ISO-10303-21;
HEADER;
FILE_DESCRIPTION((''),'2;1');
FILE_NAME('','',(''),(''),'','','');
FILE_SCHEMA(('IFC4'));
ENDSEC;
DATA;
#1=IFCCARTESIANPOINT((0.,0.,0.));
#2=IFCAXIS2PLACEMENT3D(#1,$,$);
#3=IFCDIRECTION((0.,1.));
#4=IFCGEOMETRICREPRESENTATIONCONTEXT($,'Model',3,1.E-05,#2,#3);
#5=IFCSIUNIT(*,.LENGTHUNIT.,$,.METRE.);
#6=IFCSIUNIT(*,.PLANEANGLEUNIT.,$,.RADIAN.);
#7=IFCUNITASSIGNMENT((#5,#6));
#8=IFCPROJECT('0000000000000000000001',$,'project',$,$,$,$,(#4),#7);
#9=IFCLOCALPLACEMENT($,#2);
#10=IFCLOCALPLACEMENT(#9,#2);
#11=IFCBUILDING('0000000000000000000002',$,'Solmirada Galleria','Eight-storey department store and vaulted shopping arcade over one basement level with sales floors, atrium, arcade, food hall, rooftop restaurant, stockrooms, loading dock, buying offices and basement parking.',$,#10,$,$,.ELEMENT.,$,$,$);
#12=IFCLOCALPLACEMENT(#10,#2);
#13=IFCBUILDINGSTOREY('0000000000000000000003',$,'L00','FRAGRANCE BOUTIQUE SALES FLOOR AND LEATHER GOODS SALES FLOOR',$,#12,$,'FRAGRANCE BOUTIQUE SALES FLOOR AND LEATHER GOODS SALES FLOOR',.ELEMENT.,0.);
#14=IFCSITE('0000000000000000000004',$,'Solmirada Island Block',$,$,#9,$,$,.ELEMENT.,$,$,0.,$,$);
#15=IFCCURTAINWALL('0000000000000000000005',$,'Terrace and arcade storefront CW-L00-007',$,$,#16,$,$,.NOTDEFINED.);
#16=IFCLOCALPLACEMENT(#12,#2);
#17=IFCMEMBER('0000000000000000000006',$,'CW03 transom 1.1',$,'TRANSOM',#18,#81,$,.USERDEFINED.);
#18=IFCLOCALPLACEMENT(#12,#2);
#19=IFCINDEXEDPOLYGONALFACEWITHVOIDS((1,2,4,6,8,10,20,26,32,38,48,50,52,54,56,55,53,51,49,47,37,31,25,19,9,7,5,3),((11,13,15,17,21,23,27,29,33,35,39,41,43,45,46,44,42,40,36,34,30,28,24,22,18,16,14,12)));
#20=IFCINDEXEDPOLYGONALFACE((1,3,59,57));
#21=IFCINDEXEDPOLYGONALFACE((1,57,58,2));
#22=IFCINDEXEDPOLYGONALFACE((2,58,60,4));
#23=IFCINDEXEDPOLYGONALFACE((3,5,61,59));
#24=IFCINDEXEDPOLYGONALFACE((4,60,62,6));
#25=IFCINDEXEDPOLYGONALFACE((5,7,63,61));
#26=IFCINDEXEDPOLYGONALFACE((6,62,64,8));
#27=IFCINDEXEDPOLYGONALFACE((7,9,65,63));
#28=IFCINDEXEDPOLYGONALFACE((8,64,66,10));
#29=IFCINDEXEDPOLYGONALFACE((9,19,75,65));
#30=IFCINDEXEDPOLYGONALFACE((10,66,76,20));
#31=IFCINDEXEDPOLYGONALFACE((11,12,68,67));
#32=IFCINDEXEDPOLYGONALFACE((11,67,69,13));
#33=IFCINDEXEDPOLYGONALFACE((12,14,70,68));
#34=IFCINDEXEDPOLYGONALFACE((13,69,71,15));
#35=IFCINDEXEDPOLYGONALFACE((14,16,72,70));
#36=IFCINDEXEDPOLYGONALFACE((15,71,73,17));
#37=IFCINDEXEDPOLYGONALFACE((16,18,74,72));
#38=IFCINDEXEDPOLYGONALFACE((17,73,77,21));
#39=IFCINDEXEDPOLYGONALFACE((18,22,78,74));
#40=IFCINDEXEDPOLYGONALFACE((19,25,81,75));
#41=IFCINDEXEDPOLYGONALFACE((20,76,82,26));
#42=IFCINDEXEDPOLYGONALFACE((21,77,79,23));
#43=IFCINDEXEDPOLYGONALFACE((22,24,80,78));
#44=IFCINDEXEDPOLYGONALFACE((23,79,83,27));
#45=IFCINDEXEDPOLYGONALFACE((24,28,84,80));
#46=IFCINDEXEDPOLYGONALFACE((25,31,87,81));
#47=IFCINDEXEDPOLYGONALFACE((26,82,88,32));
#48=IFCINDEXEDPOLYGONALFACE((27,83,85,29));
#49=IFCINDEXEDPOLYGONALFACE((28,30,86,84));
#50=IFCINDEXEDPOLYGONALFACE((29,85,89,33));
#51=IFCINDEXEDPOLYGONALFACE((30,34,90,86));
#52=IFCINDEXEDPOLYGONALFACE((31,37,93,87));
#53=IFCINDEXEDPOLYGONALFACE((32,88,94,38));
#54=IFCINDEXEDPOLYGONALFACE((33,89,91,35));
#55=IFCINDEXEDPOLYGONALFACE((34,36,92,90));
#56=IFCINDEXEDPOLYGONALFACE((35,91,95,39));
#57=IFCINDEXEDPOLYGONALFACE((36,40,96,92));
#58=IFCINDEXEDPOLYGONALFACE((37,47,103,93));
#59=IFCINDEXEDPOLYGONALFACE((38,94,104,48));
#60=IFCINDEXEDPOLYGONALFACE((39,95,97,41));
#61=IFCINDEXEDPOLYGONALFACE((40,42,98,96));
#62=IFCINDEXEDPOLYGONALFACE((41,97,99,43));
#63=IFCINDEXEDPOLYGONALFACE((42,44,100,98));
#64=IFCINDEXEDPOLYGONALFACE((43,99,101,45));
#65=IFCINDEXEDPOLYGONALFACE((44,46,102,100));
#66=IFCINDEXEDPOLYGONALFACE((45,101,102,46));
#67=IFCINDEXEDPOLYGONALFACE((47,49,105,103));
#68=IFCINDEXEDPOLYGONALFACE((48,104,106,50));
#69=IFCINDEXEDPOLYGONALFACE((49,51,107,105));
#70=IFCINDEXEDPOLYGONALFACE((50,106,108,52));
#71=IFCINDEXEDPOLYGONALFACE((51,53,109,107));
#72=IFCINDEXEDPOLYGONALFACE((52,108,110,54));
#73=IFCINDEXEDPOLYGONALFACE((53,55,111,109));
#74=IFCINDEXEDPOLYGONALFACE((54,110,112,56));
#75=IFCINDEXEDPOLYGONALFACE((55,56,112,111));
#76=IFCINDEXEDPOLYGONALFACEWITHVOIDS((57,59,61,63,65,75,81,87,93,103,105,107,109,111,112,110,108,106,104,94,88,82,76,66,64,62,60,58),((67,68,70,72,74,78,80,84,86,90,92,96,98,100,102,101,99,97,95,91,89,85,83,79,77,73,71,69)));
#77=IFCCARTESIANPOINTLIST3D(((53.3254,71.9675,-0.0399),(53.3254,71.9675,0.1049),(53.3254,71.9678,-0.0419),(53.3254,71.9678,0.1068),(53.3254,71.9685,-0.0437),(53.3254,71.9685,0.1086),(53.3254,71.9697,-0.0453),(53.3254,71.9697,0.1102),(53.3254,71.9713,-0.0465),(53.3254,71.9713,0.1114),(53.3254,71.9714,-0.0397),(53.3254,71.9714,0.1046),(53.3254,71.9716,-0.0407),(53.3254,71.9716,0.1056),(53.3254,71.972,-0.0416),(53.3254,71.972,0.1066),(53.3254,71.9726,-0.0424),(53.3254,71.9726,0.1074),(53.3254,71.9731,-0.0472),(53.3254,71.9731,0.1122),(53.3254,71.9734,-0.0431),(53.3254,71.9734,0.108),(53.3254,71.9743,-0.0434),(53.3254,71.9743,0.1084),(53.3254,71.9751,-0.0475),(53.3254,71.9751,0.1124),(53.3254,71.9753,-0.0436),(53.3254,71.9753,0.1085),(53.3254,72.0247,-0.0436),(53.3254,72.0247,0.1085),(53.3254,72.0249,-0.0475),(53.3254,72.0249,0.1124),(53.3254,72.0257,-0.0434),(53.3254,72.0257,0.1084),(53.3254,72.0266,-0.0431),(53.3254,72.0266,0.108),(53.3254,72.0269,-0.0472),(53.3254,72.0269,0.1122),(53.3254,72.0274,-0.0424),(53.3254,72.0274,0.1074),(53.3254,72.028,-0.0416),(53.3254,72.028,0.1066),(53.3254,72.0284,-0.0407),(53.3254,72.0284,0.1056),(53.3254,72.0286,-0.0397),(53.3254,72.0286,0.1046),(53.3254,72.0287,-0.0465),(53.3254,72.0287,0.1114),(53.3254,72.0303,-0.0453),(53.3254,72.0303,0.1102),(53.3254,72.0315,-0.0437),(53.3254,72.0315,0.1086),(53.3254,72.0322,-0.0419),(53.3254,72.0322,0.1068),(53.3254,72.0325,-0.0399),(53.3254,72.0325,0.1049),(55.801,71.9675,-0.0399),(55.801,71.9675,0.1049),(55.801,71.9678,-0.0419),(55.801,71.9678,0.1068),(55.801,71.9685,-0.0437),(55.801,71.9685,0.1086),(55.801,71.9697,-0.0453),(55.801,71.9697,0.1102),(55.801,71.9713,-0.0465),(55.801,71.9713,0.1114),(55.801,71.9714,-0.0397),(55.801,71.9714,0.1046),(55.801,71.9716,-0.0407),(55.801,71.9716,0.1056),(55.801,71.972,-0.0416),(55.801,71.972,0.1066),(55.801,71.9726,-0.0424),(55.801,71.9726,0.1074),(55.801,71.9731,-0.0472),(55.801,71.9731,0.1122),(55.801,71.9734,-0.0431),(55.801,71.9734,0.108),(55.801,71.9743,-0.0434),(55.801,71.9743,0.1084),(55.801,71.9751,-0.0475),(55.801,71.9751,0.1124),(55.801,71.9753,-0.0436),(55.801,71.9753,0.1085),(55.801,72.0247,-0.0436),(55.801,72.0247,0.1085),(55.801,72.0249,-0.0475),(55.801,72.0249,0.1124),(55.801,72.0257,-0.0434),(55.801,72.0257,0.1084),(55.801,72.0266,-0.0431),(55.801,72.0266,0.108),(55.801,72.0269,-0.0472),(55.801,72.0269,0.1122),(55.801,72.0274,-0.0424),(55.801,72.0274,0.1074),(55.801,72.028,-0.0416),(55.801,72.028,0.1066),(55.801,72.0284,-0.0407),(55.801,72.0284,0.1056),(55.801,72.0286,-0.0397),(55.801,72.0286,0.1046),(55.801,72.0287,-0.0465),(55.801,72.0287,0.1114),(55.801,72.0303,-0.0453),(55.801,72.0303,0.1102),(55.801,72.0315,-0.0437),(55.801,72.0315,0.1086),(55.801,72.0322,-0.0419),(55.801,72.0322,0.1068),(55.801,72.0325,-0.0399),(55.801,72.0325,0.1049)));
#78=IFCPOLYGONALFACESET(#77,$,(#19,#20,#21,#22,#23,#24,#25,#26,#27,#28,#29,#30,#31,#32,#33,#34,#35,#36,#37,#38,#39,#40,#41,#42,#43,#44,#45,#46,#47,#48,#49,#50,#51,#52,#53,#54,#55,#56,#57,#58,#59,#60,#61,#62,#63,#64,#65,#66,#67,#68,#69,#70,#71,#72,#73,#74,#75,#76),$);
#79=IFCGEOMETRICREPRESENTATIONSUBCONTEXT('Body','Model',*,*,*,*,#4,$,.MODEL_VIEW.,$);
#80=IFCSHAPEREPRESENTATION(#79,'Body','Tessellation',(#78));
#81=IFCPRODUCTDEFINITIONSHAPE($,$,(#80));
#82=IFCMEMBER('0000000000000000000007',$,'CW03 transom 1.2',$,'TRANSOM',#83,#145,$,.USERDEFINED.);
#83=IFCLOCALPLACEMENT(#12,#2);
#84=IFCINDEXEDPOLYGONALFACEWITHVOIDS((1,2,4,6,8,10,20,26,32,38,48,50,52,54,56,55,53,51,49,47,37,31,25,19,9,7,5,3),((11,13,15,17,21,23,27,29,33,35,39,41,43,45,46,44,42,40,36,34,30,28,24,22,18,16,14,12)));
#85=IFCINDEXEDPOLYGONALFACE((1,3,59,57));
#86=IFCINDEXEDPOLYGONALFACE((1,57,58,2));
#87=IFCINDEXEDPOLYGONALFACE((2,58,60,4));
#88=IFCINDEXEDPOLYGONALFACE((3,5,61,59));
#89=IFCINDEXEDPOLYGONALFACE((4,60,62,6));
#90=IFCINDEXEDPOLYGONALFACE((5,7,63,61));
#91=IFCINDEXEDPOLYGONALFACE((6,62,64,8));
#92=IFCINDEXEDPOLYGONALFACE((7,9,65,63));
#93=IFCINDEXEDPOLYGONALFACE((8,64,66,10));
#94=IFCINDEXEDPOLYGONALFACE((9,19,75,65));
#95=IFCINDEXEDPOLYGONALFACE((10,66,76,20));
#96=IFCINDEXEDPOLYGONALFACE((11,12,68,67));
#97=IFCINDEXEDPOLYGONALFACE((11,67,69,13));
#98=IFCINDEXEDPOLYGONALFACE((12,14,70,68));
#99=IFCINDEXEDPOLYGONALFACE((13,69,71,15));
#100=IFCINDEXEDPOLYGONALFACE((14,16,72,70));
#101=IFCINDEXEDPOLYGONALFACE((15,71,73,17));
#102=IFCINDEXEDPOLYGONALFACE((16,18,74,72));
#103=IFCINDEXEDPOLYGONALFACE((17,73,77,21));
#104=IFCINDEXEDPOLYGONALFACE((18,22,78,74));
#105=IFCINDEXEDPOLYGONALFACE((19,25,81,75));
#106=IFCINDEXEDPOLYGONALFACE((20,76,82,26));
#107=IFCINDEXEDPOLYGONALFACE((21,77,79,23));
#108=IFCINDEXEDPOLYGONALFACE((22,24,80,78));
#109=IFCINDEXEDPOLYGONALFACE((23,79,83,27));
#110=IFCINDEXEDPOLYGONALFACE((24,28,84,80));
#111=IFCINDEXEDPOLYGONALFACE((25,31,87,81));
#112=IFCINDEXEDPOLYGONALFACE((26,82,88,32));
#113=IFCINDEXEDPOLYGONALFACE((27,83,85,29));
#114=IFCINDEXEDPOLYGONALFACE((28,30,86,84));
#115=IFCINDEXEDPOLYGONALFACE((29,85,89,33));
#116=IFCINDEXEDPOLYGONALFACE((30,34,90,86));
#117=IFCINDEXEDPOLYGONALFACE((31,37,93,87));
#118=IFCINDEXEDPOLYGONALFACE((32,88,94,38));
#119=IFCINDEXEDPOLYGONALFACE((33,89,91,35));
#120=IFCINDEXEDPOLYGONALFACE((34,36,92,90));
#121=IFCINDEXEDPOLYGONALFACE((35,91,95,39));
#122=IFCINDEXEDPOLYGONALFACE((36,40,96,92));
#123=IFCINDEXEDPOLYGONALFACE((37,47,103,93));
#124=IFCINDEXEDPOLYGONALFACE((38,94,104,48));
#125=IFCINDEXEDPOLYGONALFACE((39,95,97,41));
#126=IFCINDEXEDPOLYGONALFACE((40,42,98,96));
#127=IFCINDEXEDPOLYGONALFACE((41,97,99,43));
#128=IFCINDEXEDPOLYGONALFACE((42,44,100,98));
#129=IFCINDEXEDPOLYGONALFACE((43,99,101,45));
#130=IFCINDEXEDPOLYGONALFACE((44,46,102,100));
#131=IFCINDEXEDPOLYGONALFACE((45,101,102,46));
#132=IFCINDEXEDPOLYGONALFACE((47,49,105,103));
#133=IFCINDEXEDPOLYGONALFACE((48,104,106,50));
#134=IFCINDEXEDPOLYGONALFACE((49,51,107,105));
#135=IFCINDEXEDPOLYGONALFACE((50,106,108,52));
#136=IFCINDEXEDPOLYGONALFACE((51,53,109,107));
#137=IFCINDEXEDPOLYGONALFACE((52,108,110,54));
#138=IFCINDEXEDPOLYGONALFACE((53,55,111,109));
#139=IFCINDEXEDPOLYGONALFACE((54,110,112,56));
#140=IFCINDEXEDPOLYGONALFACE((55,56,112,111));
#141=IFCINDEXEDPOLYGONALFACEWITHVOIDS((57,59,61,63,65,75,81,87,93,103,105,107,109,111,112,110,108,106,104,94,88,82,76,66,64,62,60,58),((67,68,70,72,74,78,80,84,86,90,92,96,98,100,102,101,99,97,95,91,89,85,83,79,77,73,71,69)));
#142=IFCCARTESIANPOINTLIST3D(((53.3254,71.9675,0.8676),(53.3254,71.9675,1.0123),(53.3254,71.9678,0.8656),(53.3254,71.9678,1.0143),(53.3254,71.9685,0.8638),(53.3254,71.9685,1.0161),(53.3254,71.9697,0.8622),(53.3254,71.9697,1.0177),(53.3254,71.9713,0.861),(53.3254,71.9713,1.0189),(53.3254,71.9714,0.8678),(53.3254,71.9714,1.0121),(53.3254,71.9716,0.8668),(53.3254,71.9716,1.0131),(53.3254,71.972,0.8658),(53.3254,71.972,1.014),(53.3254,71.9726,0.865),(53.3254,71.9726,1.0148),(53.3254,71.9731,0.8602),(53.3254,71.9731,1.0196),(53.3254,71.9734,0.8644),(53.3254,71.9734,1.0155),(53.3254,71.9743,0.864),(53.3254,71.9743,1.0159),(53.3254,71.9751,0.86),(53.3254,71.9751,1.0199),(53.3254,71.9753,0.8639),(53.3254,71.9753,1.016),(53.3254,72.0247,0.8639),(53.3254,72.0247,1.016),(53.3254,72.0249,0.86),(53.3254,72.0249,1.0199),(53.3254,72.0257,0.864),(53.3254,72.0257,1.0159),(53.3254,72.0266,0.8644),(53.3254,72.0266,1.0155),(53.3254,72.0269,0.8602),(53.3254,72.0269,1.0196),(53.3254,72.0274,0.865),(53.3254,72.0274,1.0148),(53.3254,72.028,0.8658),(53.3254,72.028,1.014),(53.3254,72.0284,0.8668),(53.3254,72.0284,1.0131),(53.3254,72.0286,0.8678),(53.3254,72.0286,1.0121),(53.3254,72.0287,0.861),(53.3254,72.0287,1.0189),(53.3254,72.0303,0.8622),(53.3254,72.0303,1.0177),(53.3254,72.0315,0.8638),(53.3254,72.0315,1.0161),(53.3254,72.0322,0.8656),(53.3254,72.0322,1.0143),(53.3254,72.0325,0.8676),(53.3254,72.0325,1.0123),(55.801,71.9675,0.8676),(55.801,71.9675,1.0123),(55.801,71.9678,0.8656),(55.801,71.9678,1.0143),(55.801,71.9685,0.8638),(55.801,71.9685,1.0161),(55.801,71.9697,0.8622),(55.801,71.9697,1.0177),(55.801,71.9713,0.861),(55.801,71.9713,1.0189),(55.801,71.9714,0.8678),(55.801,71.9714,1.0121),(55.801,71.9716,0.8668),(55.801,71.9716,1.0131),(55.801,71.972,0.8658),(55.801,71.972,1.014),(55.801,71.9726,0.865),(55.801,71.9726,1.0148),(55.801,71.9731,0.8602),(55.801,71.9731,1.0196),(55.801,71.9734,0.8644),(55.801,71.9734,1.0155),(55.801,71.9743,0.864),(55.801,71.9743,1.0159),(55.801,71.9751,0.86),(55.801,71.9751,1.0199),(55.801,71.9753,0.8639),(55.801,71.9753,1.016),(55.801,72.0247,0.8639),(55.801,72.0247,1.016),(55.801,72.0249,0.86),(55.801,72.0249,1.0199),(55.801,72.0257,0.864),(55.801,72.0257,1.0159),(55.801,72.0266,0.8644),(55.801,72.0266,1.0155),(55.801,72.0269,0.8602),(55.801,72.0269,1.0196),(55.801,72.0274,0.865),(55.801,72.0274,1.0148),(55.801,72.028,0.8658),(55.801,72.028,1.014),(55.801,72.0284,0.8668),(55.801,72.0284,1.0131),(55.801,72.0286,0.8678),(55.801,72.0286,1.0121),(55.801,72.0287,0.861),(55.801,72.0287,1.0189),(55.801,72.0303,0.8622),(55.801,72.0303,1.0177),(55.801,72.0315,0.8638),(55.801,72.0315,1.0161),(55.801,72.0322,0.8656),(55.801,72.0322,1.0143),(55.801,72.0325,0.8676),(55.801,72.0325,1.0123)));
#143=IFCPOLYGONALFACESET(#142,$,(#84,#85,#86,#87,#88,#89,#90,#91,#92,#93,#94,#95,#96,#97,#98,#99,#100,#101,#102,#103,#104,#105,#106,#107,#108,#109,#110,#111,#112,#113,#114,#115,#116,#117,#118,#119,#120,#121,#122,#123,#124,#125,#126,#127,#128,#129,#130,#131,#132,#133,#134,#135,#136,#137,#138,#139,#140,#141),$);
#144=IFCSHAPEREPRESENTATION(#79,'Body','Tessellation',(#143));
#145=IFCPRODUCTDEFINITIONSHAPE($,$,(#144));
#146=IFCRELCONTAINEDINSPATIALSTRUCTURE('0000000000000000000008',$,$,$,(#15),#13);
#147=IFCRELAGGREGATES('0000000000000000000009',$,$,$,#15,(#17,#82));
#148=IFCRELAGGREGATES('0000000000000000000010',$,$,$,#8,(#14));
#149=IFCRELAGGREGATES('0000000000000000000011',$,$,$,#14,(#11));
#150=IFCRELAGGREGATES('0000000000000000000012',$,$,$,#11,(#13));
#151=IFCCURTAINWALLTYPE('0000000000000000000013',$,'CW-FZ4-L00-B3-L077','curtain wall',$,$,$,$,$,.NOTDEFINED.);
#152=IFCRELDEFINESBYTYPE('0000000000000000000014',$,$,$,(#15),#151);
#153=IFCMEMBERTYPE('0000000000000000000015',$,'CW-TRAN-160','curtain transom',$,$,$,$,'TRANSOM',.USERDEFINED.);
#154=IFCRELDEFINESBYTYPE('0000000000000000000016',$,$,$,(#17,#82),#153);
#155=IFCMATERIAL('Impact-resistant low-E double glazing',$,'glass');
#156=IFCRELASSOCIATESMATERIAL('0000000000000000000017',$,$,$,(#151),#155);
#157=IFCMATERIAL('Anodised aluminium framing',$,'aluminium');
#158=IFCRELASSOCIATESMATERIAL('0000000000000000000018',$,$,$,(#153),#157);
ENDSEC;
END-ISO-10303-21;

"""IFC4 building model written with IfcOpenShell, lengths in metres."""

from ifc_helpers import new_model, si_unit, direction, frame, origin, origin_2d, place, context, subcontext, project, spatial, hollow_rectangle, extrude, material, material_profile, profile_set, type_object, element, aggregate, save


model = new_model("IFC4")

# Units and contexts
model_context = context("Model", 3, precision=1e-05, world=origin(), true_north=direction((0.0, 1.0)))
body_context = subcontext(model_context, "Body", "Model", "MODEL_VIEW")
ifc_project = project(units=[si_unit("LENGTHUNIT", "METRE"), si_unit("PLANEANGLEUNIT", "RADIAN")], contexts=[model_context])

# Site, building, storey
site_placement = place(None, origin())
site = spatial("IfcSite", under=ifc_project, at=site_placement, Name="Solmirada Island Block", CompositionType="ELEMENT", RefElevation=0.0)
building_placement = place(site_placement, origin())
building = spatial("IfcBuilding", under=site, at=building_placement, Name="Solmirada Galleria", Description="Eight-storey department store and vaulted shopping arcade over one basement level with sales floors, atrium, arcade, food hall, rooftop restaurant, stockrooms, loading dock, buying offices and basement parking.", CompositionType="ELEMENT")
storey_placement = place(building_placement, origin())
storey = spatial("IfcBuildingStorey", under=building, at=storey_placement, Name="L00", Description="FRAGRANCE BOUTIQUE SALES FLOOR AND LEATHER GOODS SALES FLOOR", LongName="FRAGRANCE BOUTIQUE SALES FLOOR AND LEATHER GOODS SALES FLOOR", CompositionType="ELEMENT", Elevation=0.0)

# Curtain wall
ifc_material_1 = material(Name="Impact-resistant low-E double glazing", Category="glass")
curtain_wall_type_1 = type_object("IfcCurtainWallType", Name="CW-FZ4-L00-B3-L077", Description="curtain wall", PredefinedType="NOTDEFINED", material=ifc_material_1)
curtain_wall_1_placement = place(storey_placement, origin())
curtain_wall_1 = element("IfcCurtainWall", 1, at=curtain_wall_1_placement, inside=storey, type_object=curtain_wall_type_1, Name="Terrace and arcade storefront CW-L00-007", PredefinedType="NOTDEFINED")
ifc_material_2 = material(Name="Anodised aluminium framing", Category="aluminium")

# Members
ifc_material_profile_1 = material_profile(ifc_material_2, hollow_rectangle(XDim=0.0649, YDim=0.1599, WallThickness=0.0039, InnerFilletRadius=0.0039, OuterFilletRadius=0.0076, at=origin_2d()), Name="ALU-TRAN-160X65")
ifc_profile_set_1 = profile_set([ifc_material_profile_1], Name="Anodised aluminium framing")
member_type_1 = type_object("IfcMemberType", Name="CW-TRAN-160", Description="curtain transom", ElementType="TRANSOM", PredefinedType="USERDEFINED", material=ifc_profile_set_1)
member_1_placement = place(storey_placement, frame((55.801, 72.0, 0.0325), z_axis=(-1.0, 0.0, 0.0), x_axis=(0.0, -1.0, 0.0)))
member_1 = element("IfcMember", 2, at=member_1_placement, type_object=member_type_1, Name="CW03 transom 1.1", ObjectType="TRANSOM", PredefinedType="USERDEFINED", context=body_context, shape_type="SweptSolid", body=[
    extrude(hollow_rectangle(XDim=0.0649, YDim=0.1599, WallThickness=0.0039, InnerFilletRadius=0.0039, OuterFilletRadius=0.0076, at=origin_2d()), origin(), (0.0, 0.0, 1.0), 2.4756),
])
member_2_placement = place(storey_placement, frame((55.801, 72.0, 0.9399), z_axis=(-1.0, 0.0, 0.0), x_axis=(0.0, -1.0, 0.0)))
member_2 = element("IfcMember", 3, at=member_2_placement, type_object=member_type_1, Name="CW03 transom 1.2", ObjectType="TRANSOM", PredefinedType="USERDEFINED", context=body_context, shape_type="SweptSolid", body=[
    extrude(hollow_rectangle(XDim=0.0649, YDim=0.1599, WallThickness=0.0039, InnerFilletRadius=0.0039, OuterFilletRadius=0.0076, at=origin_2d()), origin(), (0.0, 0.0, 1.0), 2.4756),
])

aggregate(curtain_wall_1, [member_1, member_2])

save(model, "model.ifc")
